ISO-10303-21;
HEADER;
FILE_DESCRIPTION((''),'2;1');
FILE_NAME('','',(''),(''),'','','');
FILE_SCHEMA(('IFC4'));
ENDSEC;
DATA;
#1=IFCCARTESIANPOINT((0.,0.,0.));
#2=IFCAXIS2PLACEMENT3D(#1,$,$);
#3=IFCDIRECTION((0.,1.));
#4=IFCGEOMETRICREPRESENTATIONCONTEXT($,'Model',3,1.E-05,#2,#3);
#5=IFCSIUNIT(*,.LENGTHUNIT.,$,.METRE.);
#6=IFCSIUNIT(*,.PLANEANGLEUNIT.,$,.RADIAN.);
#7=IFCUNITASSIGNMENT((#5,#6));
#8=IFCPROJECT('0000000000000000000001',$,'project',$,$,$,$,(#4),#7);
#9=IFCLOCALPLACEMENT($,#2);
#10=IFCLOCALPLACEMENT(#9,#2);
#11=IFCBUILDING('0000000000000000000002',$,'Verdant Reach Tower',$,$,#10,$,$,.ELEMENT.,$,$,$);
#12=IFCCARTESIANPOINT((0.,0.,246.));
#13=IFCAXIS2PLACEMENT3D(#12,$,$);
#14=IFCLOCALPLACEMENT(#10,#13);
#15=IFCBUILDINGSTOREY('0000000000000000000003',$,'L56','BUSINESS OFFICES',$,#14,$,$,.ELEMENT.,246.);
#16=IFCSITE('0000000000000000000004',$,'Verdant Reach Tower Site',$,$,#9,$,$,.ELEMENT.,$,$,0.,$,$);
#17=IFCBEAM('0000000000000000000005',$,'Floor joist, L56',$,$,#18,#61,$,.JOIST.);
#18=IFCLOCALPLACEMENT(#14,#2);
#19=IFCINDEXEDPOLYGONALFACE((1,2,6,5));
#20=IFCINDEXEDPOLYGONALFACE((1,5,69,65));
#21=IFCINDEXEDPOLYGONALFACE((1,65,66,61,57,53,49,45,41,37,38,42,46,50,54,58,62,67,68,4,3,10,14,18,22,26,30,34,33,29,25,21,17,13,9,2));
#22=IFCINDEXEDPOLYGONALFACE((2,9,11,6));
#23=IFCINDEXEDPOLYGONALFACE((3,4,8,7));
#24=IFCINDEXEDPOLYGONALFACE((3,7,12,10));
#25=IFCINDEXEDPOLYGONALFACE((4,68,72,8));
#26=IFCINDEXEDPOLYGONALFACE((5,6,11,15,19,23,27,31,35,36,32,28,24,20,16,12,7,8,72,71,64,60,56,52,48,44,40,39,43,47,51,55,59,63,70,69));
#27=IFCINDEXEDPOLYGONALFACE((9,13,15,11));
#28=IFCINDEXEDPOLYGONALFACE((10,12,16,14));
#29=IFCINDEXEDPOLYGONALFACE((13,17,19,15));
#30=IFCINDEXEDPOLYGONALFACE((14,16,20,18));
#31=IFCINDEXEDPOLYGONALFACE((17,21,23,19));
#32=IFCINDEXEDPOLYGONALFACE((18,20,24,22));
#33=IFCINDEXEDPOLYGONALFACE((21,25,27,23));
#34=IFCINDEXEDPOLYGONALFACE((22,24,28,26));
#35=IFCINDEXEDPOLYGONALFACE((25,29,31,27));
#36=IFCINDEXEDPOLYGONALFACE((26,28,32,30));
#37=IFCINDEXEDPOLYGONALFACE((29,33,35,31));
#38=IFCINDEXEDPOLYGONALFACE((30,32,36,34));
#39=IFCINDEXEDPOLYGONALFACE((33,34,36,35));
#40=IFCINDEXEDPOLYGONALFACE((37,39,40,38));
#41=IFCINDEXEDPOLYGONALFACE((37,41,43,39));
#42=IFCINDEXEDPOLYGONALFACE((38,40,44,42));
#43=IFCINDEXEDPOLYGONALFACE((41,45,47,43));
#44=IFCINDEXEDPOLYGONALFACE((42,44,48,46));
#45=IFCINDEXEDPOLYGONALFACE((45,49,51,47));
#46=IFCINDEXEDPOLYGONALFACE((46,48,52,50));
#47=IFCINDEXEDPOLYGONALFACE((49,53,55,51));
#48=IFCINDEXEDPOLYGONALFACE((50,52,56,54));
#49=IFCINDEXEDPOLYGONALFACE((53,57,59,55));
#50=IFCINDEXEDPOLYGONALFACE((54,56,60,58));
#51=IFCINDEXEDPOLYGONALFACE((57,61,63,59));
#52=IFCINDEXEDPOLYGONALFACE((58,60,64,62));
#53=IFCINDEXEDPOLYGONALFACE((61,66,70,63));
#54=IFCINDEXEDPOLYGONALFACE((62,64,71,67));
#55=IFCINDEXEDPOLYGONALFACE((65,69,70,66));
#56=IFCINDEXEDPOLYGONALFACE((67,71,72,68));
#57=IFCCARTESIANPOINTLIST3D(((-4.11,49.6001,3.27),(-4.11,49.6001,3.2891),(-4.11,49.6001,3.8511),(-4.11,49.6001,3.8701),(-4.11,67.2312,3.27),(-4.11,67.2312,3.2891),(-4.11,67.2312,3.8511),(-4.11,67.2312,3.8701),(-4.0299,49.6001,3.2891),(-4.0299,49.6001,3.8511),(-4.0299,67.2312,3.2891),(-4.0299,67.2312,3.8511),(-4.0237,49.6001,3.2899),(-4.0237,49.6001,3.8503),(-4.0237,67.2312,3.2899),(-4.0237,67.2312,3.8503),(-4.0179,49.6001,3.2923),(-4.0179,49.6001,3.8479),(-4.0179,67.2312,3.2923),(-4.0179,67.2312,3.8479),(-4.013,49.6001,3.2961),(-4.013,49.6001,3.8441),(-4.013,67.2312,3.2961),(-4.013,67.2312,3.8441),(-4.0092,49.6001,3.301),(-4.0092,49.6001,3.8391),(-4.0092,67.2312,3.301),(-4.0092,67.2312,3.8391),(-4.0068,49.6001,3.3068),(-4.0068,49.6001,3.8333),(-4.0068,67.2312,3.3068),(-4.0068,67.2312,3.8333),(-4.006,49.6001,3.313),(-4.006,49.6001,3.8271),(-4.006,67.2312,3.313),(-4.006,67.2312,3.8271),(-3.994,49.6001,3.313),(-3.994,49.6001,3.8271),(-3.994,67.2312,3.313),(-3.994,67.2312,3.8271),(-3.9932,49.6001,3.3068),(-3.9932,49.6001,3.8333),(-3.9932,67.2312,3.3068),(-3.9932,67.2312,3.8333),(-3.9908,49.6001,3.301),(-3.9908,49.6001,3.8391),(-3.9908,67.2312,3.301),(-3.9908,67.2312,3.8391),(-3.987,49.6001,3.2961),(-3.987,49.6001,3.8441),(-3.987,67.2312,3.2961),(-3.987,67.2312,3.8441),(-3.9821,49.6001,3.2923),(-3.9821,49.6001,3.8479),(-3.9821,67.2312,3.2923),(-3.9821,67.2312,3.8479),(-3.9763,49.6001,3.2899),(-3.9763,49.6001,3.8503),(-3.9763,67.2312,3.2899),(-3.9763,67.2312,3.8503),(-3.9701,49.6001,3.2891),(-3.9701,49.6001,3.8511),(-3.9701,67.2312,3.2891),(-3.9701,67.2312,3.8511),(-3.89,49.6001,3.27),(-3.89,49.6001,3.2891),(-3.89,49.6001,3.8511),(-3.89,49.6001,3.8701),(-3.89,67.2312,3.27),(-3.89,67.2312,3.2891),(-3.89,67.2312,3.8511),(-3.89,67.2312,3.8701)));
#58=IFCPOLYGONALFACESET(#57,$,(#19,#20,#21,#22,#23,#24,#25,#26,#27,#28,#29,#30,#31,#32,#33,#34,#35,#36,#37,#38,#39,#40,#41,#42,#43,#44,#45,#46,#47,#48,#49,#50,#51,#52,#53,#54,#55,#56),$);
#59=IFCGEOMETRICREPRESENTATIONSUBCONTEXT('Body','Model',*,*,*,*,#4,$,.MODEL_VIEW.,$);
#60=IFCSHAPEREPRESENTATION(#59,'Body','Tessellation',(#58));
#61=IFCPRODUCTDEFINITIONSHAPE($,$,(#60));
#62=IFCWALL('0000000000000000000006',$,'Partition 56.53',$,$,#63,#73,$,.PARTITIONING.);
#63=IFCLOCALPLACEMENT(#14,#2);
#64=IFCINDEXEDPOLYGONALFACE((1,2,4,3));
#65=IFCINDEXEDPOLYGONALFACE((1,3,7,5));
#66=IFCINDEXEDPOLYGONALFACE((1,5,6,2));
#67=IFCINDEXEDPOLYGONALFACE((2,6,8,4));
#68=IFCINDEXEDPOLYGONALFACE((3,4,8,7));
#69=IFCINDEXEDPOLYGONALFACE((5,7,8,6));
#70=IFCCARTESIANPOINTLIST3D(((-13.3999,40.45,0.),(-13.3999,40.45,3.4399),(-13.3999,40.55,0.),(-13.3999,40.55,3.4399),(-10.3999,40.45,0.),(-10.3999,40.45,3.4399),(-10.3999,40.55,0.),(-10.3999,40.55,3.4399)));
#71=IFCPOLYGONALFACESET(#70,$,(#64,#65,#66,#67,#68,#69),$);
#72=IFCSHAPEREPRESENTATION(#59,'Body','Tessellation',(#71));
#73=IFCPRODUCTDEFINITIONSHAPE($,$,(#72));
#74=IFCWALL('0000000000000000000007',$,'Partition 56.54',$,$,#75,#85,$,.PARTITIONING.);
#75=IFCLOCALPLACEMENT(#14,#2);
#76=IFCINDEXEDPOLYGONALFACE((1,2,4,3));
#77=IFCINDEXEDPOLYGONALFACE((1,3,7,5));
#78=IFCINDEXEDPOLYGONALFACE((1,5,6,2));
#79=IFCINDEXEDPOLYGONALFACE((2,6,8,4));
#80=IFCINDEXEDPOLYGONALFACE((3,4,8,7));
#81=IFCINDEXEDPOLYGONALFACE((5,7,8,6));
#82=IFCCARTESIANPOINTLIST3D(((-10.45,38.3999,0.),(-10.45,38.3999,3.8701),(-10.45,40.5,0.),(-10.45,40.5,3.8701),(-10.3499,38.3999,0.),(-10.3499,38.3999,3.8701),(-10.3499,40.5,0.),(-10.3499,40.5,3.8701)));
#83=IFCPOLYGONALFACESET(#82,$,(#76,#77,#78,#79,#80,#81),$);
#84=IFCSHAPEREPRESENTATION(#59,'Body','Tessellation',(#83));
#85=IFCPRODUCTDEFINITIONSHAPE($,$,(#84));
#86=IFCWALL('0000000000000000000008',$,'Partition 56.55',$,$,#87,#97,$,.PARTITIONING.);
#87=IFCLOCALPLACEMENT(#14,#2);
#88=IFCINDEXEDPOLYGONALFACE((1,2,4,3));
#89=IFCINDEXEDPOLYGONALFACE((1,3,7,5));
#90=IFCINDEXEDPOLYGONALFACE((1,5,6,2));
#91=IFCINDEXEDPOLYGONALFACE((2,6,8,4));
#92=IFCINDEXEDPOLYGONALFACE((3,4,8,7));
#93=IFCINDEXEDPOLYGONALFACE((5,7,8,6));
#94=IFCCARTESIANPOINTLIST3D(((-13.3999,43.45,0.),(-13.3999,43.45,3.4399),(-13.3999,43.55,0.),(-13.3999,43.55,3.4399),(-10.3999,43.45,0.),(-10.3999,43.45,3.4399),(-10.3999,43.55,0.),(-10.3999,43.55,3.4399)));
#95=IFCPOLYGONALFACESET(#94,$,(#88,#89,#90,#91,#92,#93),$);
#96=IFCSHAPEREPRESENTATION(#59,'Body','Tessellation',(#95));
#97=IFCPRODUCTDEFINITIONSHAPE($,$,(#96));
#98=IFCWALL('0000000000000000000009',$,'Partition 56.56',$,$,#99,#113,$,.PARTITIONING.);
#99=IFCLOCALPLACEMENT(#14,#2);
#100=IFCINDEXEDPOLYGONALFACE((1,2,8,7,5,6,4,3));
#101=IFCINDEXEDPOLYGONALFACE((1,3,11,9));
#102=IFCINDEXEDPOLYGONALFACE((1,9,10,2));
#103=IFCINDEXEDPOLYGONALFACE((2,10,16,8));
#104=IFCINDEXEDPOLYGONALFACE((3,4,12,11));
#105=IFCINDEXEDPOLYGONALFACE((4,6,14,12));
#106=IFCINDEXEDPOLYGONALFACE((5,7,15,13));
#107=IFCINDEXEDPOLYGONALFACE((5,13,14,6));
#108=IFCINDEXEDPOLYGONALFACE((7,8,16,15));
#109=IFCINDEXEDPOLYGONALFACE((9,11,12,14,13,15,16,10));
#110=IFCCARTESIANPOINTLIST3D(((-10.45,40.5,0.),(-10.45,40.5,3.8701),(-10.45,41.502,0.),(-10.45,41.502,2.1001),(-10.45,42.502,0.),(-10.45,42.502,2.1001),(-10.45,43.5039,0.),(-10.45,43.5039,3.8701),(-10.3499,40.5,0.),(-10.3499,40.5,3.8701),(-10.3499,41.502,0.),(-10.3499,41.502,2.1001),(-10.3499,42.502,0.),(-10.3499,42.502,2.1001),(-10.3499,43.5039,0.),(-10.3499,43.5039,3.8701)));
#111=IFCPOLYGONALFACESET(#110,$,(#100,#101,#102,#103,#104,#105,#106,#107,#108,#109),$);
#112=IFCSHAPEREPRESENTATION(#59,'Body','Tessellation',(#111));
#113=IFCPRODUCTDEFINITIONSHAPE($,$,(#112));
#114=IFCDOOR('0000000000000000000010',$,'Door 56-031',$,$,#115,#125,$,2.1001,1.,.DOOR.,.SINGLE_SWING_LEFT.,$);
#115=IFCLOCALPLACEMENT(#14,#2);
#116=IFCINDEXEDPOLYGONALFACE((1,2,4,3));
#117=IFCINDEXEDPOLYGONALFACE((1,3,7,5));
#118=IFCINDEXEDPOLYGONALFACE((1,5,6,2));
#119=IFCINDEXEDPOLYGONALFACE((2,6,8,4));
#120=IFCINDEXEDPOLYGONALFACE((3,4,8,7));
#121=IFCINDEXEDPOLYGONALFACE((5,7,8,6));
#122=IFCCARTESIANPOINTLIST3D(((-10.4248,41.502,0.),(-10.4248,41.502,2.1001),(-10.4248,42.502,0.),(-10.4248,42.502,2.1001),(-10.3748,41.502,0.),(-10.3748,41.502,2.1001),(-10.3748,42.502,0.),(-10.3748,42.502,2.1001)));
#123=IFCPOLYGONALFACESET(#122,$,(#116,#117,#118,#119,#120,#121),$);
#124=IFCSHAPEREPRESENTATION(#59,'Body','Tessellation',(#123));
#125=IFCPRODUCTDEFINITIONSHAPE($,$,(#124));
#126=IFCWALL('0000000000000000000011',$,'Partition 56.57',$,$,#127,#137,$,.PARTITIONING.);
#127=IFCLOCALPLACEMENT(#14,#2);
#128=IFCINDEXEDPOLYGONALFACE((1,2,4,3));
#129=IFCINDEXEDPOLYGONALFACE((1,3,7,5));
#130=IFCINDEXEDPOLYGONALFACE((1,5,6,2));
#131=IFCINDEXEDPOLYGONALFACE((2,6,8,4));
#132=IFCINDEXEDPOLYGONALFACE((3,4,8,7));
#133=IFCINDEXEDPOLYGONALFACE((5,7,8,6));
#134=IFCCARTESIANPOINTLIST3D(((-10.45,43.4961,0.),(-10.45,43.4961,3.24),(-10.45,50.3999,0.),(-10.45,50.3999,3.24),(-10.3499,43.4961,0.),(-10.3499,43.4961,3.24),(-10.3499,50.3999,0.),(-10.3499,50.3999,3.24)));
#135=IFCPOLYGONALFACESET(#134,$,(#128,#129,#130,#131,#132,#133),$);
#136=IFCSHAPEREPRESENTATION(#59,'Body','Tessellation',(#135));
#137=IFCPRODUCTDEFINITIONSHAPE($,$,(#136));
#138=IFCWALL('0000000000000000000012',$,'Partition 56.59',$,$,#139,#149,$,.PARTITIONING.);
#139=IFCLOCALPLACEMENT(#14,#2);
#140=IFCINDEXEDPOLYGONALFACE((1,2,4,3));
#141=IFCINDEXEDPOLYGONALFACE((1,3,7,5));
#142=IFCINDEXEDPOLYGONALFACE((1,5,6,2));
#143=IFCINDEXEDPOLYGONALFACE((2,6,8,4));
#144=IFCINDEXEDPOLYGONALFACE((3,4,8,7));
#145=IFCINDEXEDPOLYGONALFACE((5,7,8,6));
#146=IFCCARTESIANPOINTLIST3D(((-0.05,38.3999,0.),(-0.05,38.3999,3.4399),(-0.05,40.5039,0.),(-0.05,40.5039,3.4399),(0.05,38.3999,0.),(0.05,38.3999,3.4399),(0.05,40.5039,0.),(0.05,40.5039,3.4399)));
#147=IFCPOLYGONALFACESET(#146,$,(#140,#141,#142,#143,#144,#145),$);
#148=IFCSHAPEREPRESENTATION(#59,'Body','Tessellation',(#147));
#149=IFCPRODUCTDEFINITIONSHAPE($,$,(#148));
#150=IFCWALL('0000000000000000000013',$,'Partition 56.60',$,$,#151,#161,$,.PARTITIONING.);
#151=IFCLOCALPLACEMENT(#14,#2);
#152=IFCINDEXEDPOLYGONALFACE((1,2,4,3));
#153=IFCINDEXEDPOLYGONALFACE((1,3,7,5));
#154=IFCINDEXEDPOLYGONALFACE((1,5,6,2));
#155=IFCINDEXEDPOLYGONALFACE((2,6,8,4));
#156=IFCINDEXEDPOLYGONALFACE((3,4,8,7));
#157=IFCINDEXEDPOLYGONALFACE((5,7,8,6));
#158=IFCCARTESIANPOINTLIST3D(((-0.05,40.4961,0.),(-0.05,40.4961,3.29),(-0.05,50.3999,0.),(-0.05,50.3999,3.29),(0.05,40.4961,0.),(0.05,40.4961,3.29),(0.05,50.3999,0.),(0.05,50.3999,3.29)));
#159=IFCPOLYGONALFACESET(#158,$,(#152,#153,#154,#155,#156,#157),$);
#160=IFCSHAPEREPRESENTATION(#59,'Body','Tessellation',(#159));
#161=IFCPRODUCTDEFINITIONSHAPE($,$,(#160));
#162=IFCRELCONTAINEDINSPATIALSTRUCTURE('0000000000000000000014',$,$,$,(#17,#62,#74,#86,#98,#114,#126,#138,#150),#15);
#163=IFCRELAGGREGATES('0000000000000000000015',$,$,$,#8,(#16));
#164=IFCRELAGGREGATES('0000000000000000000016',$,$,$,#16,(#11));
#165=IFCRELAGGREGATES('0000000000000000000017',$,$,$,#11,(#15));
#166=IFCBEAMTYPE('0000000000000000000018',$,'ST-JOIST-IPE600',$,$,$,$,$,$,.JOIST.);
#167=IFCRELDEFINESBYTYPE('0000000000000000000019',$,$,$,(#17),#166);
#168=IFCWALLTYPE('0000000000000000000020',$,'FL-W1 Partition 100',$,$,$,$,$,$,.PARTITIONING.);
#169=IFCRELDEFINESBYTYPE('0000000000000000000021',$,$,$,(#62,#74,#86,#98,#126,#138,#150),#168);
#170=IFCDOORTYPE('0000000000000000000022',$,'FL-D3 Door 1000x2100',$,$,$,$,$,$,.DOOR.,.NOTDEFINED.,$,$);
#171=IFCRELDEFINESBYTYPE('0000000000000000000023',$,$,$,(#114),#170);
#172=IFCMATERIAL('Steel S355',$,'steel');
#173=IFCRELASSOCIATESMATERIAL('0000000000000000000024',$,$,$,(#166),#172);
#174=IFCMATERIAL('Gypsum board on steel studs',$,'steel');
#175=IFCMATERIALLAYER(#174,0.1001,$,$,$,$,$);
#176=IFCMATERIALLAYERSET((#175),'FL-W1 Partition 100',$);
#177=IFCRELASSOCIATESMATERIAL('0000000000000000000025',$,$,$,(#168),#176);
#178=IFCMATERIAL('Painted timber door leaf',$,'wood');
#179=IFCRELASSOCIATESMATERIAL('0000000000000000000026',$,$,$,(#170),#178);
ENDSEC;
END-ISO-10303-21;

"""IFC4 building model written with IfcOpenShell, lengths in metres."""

from ifc_helpers import new_model, si_unit, direction, frame, frame_2d, origin, origin_2d, place, context, subcontext, project, spatial, rectangle, i_section, extrude, material, layer, layer_set, material_profile, profile_set, type_object, element, fill, save


model = new_model("IFC4")

# Units and contexts
model_context = context("Model", 3, precision=1e-05, world=origin(), true_north=direction((0.0, 1.0)))
body_context = subcontext(model_context, "Body", "Model", "MODEL_VIEW")
ifc_project = project(units=[si_unit("LENGTHUNIT", "METRE"), si_unit("PLANEANGLEUNIT", "RADIAN")], contexts=[model_context])

# Site, building, storey
site_placement = place(None, origin())
site = spatial("IfcSite", under=ifc_project, at=site_placement, Name="Verdant Reach Tower Site", CompositionType="ELEMENT", RefElevation=0.0)
building_placement = place(site_placement, origin())
building = spatial("IfcBuilding", under=site, at=building_placement, Name="Verdant Reach Tower", CompositionType="ELEMENT")
storey_placement = place(building_placement, frame((0.0, 0.0, 246.0)))
storey = spatial("IfcBuildingStorey", under=building, at=storey_placement, Name="L56", Description="BUSINESS OFFICES", CompositionType="ELEMENT", Elevation=246.0)

# Beam
ifc_material_1 = material(Name="Steel S355", Category="steel")
ifc_material_profile_1 = material_profile(ifc_material_1, i_section(OverallWidth=0.22, OverallDepth=0.6001, WebThickness=0.012, FlangeThickness=0.019, FilletRadius=0.0239, at=origin_2d()), Name="IPE 600")
ifc_profile_set_1 = profile_set([ifc_material_profile_1], Name="Steel S355")
beam_type_1 = type_object("IfcBeamType", Name="ST-JOIST-IPE600", PredefinedType="JOIST", material=ifc_profile_set_1)
beam_1_placement = place(storey_placement, frame((-4.0, 49.6001, 3.5701), z_axis=(0.0, 1.0, 0.0), x_axis=(-1.0, 0.0, 0.0)))
element("IfcBeam", 1, at=beam_1_placement, inside=storey, type_object=beam_type_1, Name="Floor joist, L56", PredefinedType="JOIST", context=body_context, shape_type="SweptSolid", body=[
    extrude(i_section(OverallWidth=0.22, OverallDepth=0.6001, WebThickness=0.012, FlangeThickness=0.019, FilletRadius=0.0239, at=origin_2d()), origin(), (0.0, 0.0, 1.0), 17.6311),
])

# Walls
ifc_material_2 = material(Name="Gypsum board on steel studs", Category="steel")
ifc_layer_1 = layer(ifc_material_2, 0.1001)
ifc_layer_set_1 = layer_set([ifc_layer_1], Name="FL-W1 Partition 100")
wall_type_1 = type_object("IfcWallType", Name="FL-W1 Partition 100", PredefinedType="PARTITIONING", material=ifc_layer_set_1)
wall_1_placement = place(storey_placement, frame((-10.3999, 40.5, 0.0), z_axis=(0.0, 0.0, 1.0), x_axis=(-1.0, 0.0, 0.0)))
element("IfcWall", 2, at=wall_1_placement, inside=storey, type_object=wall_type_1, Name="Partition 56.53", PredefinedType="PARTITIONING", context=body_context, shape_type="SweptSolid", body=[
    extrude(rectangle(XDim=3.0, YDim=0.1001, at=frame_2d((1.5, 0.0))), origin(), (0.0, 0.0, 1.0), 3.4399),
])
wall_2_placement = place(storey_placement, frame((-10.3999, 38.3999, 0.0), z_axis=(0.0, 0.0, 1.0), x_axis=(0.0, 1.0, 0.0)))
element("IfcWall", 3, at=wall_2_placement, inside=storey, type_object=wall_type_1, Name="Partition 56.54", PredefinedType="PARTITIONING", context=body_context, shape_type="SweptSolid", body=[
    extrude(rectangle(XDim=2.1001, YDim=0.1001, at=frame_2d((1.05, 0.0))), origin(), (0.0, 0.0, 1.0), 3.8701),
])
wall_3_placement = place(storey_placement, frame((-10.3999, 43.5, 0.0), z_axis=(0.0, 0.0, 1.0), x_axis=(-1.0, 0.0, 0.0)))
element("IfcWall", 4, at=wall_3_placement, inside=storey, type_object=wall_type_1, Name="Partition 56.55", PredefinedType="PARTITIONING", context=body_context, shape_type="SweptSolid", body=[
    extrude(rectangle(XDim=3.0, YDim=0.1001, at=frame_2d((1.5, 0.0))), origin(), (0.0, 0.0, 1.0), 3.4399),
])

# Wall, opening, door
wall_4_placement = place(storey_placement, frame((-10.3999, 40.5, 0.0), z_axis=(0.0, 0.0, 1.0), x_axis=(0.0, 1.0, 0.0)))
wall_4 = element("IfcWall", 5, at=wall_4_placement, inside=storey, type_object=wall_type_1, Name="Partition 56.56", PredefinedType="PARTITIONING", context=body_context, shape_type="SweptSolid", body=[
    extrude(rectangle(XDim=3.0039, YDim=0.1001, at=frame_2d((1.502, 0.0))), origin(), (0.0, 0.0, 1.0), 3.8701),
])
opening_1_placement = place(wall_4_placement, frame((1.002, 0.0, 0.0)))
opening_1 = element("IfcOpeningElement", 6, at=opening_1_placement, cuts=wall_4, PredefinedType="OPENING", context=body_context, shape_type="SweptSolid", body=[
    extrude(rectangle(XDim=1.0, YDim=2.1001, at=frame_2d((0.5, 1.05))), frame((0.0, 0.0601, 0.0), z_axis=(0.0, -1.0, 0.0), x_axis=(1.0, 0.0, 0.0)), (0.0, 0.0, 1.0), 0.1201),
])
ifc_material_3 = material(Name="Painted timber door leaf", Category="wood")
door_type_1 = type_object("IfcDoorType", Name="FL-D3 Door 1000x2100", OperationType="NOTDEFINED", PredefinedType="DOOR", material=ifc_material_3)
door_1_placement = place(opening_1_placement, origin())
door_1 = element("IfcDoor", 7, at=door_1_placement, inside=storey, type_object=door_type_1, Name="Door 56-031", OperationType="SINGLE_SWING_LEFT", OverallHeight=2.1001, OverallWidth=1.0, PredefinedType="DOOR", context=body_context, shape_type="SweptSolid", body=[
    extrude(rectangle(XDim=1.0, YDim=2.1001, at=frame_2d((0.5, 1.05))), frame((0.0, 0.0249, 0.0), z_axis=(0.0, -1.0, 0.0), x_axis=(1.0, 0.0, 0.0)), (0.0, 0.0, 1.0), 0.05),
])
fill(opening_1, door_1)

# Walls
wall_5_placement = place(storey_placement, frame((-10.3999, 43.4961, 0.0), z_axis=(0.0, 0.0, 1.0), x_axis=(0.0, 1.0, 0.0)))
element("IfcWall", 8, at=wall_5_placement, inside=storey, type_object=wall_type_1, Name="Partition 56.57", PredefinedType="PARTITIONING", context=body_context, shape_type="SweptSolid", body=[
    extrude(rectangle(XDim=6.9038, YDim=0.1001, at=frame_2d((3.4519, 0.0))), origin(), (0.0, 0.0, 1.0), 3.24),
])
wall_6_placement = place(storey_placement, frame((0.0, 38.3999, 0.0), z_axis=(0.0, 0.0, 1.0), x_axis=(0.0, 1.0, 0.0)))
element("IfcWall", 9, at=wall_6_placement, inside=storey, type_object=wall_type_1, Name="Partition 56.59", PredefinedType="PARTITIONING", context=body_context, shape_type="SweptSolid", body=[
    extrude(rectangle(XDim=2.104, YDim=0.1001, at=frame_2d((1.052, 0.0))), origin(), (0.0, 0.0, 1.0), 3.4399),
])
wall_7_placement = place(storey_placement, frame((0.0, 40.4961, 0.0), z_axis=(0.0, 0.0, 1.0), x_axis=(0.0, 1.0, 0.0)))
element("IfcWall", 10, at=wall_7_placement, inside=storey, type_object=wall_type_1, Name="Partition 56.60", PredefinedType="PARTITIONING", context=body_context, shape_type="SweptSolid", body=[
    extrude(rectangle(XDim=9.9038, YDim=0.1001, at=frame_2d((4.9519, 0.0))), origin(), (0.0, 0.0, 1.0), 3.29),
])

save(model, "model.ifc")
